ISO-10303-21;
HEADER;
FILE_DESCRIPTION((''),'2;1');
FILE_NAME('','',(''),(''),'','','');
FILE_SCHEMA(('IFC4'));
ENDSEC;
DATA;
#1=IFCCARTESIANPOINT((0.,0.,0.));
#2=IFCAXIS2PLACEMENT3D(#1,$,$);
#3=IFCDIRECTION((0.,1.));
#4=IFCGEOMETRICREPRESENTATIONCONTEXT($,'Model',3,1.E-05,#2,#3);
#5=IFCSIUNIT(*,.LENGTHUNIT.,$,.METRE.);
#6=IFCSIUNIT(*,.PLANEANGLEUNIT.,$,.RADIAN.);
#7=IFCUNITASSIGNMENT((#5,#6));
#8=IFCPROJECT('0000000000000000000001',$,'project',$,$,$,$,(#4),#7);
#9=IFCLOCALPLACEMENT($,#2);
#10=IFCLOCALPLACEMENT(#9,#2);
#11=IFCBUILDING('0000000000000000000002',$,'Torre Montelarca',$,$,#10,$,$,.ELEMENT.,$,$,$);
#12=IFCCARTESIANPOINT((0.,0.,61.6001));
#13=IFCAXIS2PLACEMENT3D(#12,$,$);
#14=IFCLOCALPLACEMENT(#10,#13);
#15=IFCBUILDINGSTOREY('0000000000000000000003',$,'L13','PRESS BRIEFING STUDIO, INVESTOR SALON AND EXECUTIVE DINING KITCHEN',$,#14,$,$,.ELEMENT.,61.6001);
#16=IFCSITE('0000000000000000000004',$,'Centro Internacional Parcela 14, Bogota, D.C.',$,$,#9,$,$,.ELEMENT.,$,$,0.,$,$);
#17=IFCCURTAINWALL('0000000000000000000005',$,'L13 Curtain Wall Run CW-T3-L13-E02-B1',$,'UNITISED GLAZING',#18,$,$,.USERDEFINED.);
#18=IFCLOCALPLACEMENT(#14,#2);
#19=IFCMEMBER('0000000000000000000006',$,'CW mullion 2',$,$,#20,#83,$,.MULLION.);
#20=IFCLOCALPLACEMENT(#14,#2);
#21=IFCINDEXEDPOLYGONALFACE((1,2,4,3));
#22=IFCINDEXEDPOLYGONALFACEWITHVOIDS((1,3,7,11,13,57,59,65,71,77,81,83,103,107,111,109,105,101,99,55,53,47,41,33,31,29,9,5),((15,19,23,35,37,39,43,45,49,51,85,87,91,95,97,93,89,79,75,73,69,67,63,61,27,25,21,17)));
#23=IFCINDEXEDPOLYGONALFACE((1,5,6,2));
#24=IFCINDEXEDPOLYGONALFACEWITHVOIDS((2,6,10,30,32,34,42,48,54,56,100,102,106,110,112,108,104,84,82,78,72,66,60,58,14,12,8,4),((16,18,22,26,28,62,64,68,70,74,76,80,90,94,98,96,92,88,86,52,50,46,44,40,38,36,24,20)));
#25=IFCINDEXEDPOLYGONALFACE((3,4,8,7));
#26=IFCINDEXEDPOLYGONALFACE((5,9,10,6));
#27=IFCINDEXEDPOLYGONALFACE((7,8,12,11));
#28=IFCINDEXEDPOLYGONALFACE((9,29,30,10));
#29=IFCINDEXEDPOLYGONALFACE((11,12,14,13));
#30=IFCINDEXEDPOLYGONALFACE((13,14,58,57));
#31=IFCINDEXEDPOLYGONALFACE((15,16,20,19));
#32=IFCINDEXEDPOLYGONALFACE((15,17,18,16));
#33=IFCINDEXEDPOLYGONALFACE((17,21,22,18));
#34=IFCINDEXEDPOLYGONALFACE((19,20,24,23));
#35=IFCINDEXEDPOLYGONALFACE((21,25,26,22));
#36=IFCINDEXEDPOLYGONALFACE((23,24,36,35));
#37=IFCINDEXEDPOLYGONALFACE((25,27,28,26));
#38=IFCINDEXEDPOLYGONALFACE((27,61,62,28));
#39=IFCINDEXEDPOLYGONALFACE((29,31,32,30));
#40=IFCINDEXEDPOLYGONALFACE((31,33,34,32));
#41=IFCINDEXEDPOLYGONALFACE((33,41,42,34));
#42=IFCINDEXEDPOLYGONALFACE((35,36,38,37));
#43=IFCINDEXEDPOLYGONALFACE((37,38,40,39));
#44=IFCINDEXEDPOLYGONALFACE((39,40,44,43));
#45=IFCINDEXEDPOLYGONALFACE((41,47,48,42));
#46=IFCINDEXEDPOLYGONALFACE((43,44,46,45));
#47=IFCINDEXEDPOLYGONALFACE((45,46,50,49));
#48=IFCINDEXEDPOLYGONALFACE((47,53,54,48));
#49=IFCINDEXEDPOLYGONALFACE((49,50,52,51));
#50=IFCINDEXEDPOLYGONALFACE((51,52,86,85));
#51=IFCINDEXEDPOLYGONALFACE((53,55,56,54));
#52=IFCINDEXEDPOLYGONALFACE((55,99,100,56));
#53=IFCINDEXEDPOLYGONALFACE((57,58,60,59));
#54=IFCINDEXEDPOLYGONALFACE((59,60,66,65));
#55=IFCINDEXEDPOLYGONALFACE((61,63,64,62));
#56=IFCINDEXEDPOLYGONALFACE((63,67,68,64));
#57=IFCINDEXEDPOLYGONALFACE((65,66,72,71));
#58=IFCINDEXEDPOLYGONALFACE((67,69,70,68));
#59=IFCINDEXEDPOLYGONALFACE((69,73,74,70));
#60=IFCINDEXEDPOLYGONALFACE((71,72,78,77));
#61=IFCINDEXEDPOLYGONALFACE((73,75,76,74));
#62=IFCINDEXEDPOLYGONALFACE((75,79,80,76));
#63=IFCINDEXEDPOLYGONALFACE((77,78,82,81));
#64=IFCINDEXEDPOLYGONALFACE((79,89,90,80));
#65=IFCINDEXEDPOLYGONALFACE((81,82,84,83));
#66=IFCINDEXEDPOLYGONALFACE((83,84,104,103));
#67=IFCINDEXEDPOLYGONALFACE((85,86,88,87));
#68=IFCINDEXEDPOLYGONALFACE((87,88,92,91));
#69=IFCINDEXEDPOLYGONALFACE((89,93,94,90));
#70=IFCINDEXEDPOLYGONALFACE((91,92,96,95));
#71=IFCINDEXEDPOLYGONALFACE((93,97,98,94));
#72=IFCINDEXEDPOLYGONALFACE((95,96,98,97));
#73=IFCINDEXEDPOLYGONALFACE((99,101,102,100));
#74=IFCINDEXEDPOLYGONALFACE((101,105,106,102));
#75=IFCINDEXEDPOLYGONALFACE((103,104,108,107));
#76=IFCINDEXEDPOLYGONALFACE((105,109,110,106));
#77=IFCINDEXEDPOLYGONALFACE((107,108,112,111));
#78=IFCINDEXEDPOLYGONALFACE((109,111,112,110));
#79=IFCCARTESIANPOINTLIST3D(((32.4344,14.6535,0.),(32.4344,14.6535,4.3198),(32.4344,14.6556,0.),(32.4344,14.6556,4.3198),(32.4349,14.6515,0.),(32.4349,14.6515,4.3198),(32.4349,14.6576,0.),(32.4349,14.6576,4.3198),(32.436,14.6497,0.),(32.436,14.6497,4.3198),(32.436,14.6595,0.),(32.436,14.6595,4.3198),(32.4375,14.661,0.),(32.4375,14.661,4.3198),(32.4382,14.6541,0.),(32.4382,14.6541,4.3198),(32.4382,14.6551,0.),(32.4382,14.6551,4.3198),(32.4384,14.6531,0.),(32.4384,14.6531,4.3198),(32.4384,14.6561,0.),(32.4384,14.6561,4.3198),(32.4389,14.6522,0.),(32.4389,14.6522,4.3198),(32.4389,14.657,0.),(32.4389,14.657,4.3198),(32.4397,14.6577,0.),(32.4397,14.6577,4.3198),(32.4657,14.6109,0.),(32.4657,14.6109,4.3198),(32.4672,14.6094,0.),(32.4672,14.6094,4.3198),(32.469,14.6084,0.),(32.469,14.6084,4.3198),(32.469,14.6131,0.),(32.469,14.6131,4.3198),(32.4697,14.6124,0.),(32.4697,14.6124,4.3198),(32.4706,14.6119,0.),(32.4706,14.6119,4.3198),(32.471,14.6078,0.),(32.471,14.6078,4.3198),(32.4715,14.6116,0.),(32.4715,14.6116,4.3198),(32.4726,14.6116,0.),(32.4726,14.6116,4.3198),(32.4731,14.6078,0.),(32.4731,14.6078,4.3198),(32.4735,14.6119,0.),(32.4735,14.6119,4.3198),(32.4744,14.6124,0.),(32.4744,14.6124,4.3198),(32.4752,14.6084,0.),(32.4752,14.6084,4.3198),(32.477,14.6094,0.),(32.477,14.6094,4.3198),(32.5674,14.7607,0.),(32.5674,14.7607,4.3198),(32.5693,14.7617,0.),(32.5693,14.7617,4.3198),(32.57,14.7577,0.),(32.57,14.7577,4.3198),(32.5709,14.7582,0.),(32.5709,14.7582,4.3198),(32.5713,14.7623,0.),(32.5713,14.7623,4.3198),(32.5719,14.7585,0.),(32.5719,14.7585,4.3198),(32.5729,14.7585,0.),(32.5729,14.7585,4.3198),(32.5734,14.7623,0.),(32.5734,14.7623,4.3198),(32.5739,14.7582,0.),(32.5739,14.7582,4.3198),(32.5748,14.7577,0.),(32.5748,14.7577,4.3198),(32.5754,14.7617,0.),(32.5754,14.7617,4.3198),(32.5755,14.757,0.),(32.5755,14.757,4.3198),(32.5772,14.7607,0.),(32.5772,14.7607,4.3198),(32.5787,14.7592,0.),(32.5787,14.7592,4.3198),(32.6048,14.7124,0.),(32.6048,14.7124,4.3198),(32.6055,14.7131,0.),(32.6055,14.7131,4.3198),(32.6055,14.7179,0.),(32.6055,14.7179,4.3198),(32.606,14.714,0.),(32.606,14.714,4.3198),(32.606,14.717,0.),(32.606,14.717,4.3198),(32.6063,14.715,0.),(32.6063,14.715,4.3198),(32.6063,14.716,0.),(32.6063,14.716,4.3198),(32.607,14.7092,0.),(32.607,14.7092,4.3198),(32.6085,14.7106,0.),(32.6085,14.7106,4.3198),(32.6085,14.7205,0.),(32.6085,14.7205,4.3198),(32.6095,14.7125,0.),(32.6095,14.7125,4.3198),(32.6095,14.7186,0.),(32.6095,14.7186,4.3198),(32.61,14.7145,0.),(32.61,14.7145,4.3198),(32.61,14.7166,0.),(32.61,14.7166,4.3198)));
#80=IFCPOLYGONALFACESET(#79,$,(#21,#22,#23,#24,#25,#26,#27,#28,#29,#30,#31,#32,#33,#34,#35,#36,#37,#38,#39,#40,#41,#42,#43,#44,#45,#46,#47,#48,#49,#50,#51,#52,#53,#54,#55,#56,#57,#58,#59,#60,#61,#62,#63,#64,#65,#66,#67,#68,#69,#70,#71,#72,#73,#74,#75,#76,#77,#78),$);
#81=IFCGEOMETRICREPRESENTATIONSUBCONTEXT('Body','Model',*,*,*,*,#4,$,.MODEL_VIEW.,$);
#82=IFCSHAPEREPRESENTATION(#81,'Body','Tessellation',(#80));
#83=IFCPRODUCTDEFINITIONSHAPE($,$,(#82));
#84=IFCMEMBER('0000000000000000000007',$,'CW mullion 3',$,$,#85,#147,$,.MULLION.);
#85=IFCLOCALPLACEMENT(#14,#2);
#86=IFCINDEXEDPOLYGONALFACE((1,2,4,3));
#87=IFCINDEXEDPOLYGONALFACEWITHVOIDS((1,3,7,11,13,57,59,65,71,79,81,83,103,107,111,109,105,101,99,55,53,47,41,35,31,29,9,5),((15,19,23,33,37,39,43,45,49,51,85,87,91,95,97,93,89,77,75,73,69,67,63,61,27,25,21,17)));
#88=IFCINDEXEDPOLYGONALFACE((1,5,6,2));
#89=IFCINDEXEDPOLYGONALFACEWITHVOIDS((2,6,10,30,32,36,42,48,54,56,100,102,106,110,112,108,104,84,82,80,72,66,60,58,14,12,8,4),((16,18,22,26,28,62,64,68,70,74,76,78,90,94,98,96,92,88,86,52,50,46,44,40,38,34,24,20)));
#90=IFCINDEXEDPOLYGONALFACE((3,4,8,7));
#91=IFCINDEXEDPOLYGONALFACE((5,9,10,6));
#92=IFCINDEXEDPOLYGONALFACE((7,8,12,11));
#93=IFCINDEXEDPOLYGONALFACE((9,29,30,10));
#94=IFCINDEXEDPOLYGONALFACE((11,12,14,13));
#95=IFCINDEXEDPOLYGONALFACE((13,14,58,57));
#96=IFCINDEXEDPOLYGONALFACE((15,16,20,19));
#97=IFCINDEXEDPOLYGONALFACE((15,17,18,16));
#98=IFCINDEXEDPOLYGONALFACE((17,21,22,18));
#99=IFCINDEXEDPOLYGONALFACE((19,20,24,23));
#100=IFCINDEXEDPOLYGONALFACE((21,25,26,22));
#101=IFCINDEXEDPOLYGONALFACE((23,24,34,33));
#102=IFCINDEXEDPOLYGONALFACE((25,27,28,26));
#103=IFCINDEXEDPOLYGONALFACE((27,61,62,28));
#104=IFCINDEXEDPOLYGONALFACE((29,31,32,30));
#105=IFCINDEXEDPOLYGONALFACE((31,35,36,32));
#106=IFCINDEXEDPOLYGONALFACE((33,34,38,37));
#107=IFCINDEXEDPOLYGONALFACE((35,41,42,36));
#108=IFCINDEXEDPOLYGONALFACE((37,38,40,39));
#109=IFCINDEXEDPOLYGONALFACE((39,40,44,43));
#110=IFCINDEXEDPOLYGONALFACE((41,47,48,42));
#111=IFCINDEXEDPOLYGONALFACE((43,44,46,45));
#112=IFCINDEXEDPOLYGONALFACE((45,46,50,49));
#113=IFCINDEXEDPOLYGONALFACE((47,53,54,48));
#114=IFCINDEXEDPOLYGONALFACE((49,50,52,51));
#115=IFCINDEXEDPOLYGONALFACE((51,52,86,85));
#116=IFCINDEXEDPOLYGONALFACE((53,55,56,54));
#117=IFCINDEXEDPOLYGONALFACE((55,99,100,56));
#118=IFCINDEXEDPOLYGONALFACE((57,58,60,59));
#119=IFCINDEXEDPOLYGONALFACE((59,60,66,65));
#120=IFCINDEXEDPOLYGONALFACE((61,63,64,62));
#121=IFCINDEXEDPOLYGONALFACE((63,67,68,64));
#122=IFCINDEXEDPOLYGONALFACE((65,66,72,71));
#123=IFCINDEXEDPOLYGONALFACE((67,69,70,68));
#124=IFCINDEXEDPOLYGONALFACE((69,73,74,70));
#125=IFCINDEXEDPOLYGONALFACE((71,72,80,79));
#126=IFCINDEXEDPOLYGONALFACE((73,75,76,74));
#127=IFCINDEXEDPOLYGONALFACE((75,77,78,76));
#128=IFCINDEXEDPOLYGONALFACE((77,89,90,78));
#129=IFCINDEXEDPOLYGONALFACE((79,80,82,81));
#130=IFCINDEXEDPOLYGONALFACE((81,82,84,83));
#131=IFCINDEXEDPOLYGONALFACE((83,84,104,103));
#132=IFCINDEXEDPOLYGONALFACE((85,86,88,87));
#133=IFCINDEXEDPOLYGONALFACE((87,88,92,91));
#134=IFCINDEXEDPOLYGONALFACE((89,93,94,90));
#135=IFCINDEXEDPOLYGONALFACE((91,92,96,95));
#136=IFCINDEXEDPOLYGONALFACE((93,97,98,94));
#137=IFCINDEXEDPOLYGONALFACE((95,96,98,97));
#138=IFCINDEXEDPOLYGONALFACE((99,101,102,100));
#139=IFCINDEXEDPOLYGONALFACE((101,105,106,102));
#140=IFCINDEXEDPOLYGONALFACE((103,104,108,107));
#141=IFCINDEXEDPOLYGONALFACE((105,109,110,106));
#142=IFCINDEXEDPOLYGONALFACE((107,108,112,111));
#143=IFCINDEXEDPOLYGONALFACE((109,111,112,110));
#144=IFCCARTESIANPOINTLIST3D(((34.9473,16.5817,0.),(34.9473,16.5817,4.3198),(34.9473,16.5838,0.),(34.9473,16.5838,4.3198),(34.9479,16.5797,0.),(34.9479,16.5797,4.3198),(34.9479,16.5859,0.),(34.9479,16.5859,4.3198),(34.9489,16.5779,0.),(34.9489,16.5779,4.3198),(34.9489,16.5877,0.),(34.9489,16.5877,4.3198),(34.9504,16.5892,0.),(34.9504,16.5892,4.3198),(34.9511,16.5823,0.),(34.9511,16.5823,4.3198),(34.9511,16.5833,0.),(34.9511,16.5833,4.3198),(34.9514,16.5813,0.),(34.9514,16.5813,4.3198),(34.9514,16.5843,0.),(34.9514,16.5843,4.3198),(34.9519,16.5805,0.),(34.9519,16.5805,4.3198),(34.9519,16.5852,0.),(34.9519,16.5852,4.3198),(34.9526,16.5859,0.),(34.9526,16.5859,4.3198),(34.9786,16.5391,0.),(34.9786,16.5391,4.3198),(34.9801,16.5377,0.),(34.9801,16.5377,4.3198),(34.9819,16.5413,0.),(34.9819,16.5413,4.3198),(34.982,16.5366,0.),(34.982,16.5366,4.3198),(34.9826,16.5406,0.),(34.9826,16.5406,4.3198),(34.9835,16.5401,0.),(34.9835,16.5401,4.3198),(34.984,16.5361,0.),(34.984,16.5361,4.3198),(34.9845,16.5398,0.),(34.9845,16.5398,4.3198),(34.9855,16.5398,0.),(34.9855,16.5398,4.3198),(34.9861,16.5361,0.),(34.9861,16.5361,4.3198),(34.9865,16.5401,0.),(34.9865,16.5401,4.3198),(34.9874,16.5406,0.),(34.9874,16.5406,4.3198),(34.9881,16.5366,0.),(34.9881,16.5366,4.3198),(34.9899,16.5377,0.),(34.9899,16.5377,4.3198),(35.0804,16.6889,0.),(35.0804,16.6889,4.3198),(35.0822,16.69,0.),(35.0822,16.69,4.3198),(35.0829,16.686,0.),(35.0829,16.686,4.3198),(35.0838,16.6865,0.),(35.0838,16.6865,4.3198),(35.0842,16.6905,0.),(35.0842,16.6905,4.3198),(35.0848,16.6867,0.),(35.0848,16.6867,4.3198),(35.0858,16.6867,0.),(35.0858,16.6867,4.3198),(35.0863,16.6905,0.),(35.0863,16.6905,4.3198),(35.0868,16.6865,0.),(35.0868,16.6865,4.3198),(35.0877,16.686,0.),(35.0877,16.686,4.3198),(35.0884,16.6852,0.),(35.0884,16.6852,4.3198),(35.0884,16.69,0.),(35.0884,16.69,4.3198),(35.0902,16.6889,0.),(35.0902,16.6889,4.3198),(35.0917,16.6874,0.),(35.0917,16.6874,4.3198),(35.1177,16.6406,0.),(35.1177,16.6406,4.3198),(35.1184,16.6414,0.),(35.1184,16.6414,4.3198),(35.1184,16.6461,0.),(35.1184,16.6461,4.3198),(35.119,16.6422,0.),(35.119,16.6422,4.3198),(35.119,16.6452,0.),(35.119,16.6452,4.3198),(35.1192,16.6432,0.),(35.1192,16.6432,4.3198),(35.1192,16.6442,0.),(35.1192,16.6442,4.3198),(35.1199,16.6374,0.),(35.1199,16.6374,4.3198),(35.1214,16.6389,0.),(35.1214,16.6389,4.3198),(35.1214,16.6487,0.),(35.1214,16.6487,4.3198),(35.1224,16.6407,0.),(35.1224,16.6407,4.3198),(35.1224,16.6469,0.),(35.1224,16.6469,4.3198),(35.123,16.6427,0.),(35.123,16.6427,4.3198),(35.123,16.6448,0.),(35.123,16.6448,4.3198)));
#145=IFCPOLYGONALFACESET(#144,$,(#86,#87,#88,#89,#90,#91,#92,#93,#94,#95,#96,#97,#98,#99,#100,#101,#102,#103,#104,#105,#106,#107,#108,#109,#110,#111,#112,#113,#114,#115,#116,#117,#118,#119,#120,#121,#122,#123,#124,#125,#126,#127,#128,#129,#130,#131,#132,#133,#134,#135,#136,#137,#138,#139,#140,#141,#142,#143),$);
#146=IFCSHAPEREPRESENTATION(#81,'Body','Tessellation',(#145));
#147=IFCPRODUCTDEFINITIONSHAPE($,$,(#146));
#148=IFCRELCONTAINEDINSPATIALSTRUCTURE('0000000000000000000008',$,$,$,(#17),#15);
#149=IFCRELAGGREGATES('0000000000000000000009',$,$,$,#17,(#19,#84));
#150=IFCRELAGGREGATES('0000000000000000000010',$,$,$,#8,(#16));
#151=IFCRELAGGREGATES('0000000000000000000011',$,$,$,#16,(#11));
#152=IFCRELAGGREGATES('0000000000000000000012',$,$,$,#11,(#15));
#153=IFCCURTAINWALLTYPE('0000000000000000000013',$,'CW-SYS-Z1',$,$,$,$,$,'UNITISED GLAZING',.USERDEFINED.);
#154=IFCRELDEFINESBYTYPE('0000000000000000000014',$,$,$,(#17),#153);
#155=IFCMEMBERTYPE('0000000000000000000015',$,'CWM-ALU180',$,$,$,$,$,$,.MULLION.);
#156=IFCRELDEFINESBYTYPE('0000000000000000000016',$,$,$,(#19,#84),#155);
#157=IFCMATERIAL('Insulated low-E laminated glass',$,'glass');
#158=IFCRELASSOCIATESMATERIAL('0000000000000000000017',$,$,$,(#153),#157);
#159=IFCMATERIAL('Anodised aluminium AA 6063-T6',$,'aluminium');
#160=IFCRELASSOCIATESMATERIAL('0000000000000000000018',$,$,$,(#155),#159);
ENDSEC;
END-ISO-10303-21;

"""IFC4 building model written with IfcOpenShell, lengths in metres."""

from ifc_helpers import new_model, si_unit, direction, frame, origin, origin_2d, place, context, subcontext, project, spatial, hollow_rectangle, extrude, source, transform, mapped, material, material_profile, profile_set, type_object, element, aggregate, save


model = new_model("IFC4")

# Units and contexts
model_context = context("Model", 3, precision=1e-05, world=origin(), true_north=direction((0.0, 1.0)))
body_context = subcontext(model_context, "Body", "Model", "MODEL_VIEW")
ifc_project = project(units=[si_unit("LENGTHUNIT", "METRE"), si_unit("PLANEANGLEUNIT", "RADIAN")], contexts=[model_context])

# Site, building, storey
site_placement = place(None, origin())
site = spatial("IfcSite", under=ifc_project, at=site_placement, Name="Centro Internacional Parcela 14, Bogota, D.C.", CompositionType="ELEMENT", RefElevation=0.0)
building_placement = place(site_placement, origin())
building = spatial("IfcBuilding", under=site, at=building_placement, Name="Torre Montelarca", CompositionType="ELEMENT")
storey_placement = place(building_placement, frame((0.0, 0.0, 61.6001)))
storey = spatial("IfcBuildingStorey", under=building, at=storey_placement, Name="L13", Description="PRESS BRIEFING STUDIO, INVESTOR SALON AND EXECUTIVE DINING KITCHEN", CompositionType="ELEMENT", Elevation=61.6001)

# Curtain wall
ifc_material_1 = material(Name="Insulated low-E laminated glass", Category="glass")
curtain_wall_type = type_object("IfcCurtainWallType", Name="CW-SYS-Z1", ElementType="UNITISED GLAZING", PredefinedType="USERDEFINED", material=ifc_material_1)
curtain_wall_1_placement = place(storey_placement, origin())
curtain_wall_1 = element("IfcCurtainWall", 1, at=curtain_wall_1_placement, inside=storey, type_object=curtain_wall_type, Name="L13 Curtain Wall Run CW-T3-L13-E02-B1", ObjectType="UNITISED GLAZING", PredefinedType="USERDEFINED")
ifc_material_2 = material(Name="Anodised aluminium AA 6063-T6", Category="aluminium")

# Members
ifc_material_profile_1 = material_profile(ifc_material_2, hollow_rectangle(XDim=0.0649, YDim=0.1799, WallThickness=0.0039, InnerFilletRadius=0.0039, OuterFilletRadius=0.0081, at=origin_2d()), Name="ALU65X180X4", Category="aluminium")
ifc_profile_set_1 = profile_set([ifc_material_profile_1], Name="Anodised aluminium AA 6063-T6")
member_type_1 = type_object("IfcMemberType", Name="CWM-ALU180", PredefinedType="MULLION", material=ifc_profile_set_1)
shared_shape_1 = source(origin(), body_context, "Body", "SweptSolid", [
    extrude(hollow_rectangle(XDim=0.0649, YDim=0.1799, WallThickness=0.0039, InnerFilletRadius=0.0039, OuterFilletRadius=0.0081, at=origin_2d()), origin(), (0.0, 0.0, 1.0), 4.3198),
])
member_1_placement = place(storey_placement, frame((32.5222, 14.6851, 0.0), z_axis=(0.0, 0.0, 1.0), x_axis=(-0.608757, 0.793357, 0.0)))
member_1 = element("IfcMember", 2, at=member_1_placement, type_object=member_type_1, Name="CW mullion 2", PredefinedType="MULLION", context=body_context, shape_type="MappedRepresentation", body=[
    mapped(shared_shape_1, transform((0.0, 0.0, 0.0), scale=1.0)),
])
member_2_placement = place(storey_placement, frame((35.0352, 16.6133, 0.0), z_axis=(0.0, 0.0, 1.0), x_axis=(-0.608757, 0.793357, 0.0)))
member_2 = element("IfcMember", 3, at=member_2_placement, type_object=member_type_1, Name="CW mullion 3", PredefinedType="MULLION", context=body_context, shape_type="MappedRepresentation", body=[
    mapped(shared_shape_1, transform((0.0, 0.0, 0.0), scale=1.0)),
])

aggregate(curtain_wall_1, [member_1, member_2])

save(model, "model.ifc")
